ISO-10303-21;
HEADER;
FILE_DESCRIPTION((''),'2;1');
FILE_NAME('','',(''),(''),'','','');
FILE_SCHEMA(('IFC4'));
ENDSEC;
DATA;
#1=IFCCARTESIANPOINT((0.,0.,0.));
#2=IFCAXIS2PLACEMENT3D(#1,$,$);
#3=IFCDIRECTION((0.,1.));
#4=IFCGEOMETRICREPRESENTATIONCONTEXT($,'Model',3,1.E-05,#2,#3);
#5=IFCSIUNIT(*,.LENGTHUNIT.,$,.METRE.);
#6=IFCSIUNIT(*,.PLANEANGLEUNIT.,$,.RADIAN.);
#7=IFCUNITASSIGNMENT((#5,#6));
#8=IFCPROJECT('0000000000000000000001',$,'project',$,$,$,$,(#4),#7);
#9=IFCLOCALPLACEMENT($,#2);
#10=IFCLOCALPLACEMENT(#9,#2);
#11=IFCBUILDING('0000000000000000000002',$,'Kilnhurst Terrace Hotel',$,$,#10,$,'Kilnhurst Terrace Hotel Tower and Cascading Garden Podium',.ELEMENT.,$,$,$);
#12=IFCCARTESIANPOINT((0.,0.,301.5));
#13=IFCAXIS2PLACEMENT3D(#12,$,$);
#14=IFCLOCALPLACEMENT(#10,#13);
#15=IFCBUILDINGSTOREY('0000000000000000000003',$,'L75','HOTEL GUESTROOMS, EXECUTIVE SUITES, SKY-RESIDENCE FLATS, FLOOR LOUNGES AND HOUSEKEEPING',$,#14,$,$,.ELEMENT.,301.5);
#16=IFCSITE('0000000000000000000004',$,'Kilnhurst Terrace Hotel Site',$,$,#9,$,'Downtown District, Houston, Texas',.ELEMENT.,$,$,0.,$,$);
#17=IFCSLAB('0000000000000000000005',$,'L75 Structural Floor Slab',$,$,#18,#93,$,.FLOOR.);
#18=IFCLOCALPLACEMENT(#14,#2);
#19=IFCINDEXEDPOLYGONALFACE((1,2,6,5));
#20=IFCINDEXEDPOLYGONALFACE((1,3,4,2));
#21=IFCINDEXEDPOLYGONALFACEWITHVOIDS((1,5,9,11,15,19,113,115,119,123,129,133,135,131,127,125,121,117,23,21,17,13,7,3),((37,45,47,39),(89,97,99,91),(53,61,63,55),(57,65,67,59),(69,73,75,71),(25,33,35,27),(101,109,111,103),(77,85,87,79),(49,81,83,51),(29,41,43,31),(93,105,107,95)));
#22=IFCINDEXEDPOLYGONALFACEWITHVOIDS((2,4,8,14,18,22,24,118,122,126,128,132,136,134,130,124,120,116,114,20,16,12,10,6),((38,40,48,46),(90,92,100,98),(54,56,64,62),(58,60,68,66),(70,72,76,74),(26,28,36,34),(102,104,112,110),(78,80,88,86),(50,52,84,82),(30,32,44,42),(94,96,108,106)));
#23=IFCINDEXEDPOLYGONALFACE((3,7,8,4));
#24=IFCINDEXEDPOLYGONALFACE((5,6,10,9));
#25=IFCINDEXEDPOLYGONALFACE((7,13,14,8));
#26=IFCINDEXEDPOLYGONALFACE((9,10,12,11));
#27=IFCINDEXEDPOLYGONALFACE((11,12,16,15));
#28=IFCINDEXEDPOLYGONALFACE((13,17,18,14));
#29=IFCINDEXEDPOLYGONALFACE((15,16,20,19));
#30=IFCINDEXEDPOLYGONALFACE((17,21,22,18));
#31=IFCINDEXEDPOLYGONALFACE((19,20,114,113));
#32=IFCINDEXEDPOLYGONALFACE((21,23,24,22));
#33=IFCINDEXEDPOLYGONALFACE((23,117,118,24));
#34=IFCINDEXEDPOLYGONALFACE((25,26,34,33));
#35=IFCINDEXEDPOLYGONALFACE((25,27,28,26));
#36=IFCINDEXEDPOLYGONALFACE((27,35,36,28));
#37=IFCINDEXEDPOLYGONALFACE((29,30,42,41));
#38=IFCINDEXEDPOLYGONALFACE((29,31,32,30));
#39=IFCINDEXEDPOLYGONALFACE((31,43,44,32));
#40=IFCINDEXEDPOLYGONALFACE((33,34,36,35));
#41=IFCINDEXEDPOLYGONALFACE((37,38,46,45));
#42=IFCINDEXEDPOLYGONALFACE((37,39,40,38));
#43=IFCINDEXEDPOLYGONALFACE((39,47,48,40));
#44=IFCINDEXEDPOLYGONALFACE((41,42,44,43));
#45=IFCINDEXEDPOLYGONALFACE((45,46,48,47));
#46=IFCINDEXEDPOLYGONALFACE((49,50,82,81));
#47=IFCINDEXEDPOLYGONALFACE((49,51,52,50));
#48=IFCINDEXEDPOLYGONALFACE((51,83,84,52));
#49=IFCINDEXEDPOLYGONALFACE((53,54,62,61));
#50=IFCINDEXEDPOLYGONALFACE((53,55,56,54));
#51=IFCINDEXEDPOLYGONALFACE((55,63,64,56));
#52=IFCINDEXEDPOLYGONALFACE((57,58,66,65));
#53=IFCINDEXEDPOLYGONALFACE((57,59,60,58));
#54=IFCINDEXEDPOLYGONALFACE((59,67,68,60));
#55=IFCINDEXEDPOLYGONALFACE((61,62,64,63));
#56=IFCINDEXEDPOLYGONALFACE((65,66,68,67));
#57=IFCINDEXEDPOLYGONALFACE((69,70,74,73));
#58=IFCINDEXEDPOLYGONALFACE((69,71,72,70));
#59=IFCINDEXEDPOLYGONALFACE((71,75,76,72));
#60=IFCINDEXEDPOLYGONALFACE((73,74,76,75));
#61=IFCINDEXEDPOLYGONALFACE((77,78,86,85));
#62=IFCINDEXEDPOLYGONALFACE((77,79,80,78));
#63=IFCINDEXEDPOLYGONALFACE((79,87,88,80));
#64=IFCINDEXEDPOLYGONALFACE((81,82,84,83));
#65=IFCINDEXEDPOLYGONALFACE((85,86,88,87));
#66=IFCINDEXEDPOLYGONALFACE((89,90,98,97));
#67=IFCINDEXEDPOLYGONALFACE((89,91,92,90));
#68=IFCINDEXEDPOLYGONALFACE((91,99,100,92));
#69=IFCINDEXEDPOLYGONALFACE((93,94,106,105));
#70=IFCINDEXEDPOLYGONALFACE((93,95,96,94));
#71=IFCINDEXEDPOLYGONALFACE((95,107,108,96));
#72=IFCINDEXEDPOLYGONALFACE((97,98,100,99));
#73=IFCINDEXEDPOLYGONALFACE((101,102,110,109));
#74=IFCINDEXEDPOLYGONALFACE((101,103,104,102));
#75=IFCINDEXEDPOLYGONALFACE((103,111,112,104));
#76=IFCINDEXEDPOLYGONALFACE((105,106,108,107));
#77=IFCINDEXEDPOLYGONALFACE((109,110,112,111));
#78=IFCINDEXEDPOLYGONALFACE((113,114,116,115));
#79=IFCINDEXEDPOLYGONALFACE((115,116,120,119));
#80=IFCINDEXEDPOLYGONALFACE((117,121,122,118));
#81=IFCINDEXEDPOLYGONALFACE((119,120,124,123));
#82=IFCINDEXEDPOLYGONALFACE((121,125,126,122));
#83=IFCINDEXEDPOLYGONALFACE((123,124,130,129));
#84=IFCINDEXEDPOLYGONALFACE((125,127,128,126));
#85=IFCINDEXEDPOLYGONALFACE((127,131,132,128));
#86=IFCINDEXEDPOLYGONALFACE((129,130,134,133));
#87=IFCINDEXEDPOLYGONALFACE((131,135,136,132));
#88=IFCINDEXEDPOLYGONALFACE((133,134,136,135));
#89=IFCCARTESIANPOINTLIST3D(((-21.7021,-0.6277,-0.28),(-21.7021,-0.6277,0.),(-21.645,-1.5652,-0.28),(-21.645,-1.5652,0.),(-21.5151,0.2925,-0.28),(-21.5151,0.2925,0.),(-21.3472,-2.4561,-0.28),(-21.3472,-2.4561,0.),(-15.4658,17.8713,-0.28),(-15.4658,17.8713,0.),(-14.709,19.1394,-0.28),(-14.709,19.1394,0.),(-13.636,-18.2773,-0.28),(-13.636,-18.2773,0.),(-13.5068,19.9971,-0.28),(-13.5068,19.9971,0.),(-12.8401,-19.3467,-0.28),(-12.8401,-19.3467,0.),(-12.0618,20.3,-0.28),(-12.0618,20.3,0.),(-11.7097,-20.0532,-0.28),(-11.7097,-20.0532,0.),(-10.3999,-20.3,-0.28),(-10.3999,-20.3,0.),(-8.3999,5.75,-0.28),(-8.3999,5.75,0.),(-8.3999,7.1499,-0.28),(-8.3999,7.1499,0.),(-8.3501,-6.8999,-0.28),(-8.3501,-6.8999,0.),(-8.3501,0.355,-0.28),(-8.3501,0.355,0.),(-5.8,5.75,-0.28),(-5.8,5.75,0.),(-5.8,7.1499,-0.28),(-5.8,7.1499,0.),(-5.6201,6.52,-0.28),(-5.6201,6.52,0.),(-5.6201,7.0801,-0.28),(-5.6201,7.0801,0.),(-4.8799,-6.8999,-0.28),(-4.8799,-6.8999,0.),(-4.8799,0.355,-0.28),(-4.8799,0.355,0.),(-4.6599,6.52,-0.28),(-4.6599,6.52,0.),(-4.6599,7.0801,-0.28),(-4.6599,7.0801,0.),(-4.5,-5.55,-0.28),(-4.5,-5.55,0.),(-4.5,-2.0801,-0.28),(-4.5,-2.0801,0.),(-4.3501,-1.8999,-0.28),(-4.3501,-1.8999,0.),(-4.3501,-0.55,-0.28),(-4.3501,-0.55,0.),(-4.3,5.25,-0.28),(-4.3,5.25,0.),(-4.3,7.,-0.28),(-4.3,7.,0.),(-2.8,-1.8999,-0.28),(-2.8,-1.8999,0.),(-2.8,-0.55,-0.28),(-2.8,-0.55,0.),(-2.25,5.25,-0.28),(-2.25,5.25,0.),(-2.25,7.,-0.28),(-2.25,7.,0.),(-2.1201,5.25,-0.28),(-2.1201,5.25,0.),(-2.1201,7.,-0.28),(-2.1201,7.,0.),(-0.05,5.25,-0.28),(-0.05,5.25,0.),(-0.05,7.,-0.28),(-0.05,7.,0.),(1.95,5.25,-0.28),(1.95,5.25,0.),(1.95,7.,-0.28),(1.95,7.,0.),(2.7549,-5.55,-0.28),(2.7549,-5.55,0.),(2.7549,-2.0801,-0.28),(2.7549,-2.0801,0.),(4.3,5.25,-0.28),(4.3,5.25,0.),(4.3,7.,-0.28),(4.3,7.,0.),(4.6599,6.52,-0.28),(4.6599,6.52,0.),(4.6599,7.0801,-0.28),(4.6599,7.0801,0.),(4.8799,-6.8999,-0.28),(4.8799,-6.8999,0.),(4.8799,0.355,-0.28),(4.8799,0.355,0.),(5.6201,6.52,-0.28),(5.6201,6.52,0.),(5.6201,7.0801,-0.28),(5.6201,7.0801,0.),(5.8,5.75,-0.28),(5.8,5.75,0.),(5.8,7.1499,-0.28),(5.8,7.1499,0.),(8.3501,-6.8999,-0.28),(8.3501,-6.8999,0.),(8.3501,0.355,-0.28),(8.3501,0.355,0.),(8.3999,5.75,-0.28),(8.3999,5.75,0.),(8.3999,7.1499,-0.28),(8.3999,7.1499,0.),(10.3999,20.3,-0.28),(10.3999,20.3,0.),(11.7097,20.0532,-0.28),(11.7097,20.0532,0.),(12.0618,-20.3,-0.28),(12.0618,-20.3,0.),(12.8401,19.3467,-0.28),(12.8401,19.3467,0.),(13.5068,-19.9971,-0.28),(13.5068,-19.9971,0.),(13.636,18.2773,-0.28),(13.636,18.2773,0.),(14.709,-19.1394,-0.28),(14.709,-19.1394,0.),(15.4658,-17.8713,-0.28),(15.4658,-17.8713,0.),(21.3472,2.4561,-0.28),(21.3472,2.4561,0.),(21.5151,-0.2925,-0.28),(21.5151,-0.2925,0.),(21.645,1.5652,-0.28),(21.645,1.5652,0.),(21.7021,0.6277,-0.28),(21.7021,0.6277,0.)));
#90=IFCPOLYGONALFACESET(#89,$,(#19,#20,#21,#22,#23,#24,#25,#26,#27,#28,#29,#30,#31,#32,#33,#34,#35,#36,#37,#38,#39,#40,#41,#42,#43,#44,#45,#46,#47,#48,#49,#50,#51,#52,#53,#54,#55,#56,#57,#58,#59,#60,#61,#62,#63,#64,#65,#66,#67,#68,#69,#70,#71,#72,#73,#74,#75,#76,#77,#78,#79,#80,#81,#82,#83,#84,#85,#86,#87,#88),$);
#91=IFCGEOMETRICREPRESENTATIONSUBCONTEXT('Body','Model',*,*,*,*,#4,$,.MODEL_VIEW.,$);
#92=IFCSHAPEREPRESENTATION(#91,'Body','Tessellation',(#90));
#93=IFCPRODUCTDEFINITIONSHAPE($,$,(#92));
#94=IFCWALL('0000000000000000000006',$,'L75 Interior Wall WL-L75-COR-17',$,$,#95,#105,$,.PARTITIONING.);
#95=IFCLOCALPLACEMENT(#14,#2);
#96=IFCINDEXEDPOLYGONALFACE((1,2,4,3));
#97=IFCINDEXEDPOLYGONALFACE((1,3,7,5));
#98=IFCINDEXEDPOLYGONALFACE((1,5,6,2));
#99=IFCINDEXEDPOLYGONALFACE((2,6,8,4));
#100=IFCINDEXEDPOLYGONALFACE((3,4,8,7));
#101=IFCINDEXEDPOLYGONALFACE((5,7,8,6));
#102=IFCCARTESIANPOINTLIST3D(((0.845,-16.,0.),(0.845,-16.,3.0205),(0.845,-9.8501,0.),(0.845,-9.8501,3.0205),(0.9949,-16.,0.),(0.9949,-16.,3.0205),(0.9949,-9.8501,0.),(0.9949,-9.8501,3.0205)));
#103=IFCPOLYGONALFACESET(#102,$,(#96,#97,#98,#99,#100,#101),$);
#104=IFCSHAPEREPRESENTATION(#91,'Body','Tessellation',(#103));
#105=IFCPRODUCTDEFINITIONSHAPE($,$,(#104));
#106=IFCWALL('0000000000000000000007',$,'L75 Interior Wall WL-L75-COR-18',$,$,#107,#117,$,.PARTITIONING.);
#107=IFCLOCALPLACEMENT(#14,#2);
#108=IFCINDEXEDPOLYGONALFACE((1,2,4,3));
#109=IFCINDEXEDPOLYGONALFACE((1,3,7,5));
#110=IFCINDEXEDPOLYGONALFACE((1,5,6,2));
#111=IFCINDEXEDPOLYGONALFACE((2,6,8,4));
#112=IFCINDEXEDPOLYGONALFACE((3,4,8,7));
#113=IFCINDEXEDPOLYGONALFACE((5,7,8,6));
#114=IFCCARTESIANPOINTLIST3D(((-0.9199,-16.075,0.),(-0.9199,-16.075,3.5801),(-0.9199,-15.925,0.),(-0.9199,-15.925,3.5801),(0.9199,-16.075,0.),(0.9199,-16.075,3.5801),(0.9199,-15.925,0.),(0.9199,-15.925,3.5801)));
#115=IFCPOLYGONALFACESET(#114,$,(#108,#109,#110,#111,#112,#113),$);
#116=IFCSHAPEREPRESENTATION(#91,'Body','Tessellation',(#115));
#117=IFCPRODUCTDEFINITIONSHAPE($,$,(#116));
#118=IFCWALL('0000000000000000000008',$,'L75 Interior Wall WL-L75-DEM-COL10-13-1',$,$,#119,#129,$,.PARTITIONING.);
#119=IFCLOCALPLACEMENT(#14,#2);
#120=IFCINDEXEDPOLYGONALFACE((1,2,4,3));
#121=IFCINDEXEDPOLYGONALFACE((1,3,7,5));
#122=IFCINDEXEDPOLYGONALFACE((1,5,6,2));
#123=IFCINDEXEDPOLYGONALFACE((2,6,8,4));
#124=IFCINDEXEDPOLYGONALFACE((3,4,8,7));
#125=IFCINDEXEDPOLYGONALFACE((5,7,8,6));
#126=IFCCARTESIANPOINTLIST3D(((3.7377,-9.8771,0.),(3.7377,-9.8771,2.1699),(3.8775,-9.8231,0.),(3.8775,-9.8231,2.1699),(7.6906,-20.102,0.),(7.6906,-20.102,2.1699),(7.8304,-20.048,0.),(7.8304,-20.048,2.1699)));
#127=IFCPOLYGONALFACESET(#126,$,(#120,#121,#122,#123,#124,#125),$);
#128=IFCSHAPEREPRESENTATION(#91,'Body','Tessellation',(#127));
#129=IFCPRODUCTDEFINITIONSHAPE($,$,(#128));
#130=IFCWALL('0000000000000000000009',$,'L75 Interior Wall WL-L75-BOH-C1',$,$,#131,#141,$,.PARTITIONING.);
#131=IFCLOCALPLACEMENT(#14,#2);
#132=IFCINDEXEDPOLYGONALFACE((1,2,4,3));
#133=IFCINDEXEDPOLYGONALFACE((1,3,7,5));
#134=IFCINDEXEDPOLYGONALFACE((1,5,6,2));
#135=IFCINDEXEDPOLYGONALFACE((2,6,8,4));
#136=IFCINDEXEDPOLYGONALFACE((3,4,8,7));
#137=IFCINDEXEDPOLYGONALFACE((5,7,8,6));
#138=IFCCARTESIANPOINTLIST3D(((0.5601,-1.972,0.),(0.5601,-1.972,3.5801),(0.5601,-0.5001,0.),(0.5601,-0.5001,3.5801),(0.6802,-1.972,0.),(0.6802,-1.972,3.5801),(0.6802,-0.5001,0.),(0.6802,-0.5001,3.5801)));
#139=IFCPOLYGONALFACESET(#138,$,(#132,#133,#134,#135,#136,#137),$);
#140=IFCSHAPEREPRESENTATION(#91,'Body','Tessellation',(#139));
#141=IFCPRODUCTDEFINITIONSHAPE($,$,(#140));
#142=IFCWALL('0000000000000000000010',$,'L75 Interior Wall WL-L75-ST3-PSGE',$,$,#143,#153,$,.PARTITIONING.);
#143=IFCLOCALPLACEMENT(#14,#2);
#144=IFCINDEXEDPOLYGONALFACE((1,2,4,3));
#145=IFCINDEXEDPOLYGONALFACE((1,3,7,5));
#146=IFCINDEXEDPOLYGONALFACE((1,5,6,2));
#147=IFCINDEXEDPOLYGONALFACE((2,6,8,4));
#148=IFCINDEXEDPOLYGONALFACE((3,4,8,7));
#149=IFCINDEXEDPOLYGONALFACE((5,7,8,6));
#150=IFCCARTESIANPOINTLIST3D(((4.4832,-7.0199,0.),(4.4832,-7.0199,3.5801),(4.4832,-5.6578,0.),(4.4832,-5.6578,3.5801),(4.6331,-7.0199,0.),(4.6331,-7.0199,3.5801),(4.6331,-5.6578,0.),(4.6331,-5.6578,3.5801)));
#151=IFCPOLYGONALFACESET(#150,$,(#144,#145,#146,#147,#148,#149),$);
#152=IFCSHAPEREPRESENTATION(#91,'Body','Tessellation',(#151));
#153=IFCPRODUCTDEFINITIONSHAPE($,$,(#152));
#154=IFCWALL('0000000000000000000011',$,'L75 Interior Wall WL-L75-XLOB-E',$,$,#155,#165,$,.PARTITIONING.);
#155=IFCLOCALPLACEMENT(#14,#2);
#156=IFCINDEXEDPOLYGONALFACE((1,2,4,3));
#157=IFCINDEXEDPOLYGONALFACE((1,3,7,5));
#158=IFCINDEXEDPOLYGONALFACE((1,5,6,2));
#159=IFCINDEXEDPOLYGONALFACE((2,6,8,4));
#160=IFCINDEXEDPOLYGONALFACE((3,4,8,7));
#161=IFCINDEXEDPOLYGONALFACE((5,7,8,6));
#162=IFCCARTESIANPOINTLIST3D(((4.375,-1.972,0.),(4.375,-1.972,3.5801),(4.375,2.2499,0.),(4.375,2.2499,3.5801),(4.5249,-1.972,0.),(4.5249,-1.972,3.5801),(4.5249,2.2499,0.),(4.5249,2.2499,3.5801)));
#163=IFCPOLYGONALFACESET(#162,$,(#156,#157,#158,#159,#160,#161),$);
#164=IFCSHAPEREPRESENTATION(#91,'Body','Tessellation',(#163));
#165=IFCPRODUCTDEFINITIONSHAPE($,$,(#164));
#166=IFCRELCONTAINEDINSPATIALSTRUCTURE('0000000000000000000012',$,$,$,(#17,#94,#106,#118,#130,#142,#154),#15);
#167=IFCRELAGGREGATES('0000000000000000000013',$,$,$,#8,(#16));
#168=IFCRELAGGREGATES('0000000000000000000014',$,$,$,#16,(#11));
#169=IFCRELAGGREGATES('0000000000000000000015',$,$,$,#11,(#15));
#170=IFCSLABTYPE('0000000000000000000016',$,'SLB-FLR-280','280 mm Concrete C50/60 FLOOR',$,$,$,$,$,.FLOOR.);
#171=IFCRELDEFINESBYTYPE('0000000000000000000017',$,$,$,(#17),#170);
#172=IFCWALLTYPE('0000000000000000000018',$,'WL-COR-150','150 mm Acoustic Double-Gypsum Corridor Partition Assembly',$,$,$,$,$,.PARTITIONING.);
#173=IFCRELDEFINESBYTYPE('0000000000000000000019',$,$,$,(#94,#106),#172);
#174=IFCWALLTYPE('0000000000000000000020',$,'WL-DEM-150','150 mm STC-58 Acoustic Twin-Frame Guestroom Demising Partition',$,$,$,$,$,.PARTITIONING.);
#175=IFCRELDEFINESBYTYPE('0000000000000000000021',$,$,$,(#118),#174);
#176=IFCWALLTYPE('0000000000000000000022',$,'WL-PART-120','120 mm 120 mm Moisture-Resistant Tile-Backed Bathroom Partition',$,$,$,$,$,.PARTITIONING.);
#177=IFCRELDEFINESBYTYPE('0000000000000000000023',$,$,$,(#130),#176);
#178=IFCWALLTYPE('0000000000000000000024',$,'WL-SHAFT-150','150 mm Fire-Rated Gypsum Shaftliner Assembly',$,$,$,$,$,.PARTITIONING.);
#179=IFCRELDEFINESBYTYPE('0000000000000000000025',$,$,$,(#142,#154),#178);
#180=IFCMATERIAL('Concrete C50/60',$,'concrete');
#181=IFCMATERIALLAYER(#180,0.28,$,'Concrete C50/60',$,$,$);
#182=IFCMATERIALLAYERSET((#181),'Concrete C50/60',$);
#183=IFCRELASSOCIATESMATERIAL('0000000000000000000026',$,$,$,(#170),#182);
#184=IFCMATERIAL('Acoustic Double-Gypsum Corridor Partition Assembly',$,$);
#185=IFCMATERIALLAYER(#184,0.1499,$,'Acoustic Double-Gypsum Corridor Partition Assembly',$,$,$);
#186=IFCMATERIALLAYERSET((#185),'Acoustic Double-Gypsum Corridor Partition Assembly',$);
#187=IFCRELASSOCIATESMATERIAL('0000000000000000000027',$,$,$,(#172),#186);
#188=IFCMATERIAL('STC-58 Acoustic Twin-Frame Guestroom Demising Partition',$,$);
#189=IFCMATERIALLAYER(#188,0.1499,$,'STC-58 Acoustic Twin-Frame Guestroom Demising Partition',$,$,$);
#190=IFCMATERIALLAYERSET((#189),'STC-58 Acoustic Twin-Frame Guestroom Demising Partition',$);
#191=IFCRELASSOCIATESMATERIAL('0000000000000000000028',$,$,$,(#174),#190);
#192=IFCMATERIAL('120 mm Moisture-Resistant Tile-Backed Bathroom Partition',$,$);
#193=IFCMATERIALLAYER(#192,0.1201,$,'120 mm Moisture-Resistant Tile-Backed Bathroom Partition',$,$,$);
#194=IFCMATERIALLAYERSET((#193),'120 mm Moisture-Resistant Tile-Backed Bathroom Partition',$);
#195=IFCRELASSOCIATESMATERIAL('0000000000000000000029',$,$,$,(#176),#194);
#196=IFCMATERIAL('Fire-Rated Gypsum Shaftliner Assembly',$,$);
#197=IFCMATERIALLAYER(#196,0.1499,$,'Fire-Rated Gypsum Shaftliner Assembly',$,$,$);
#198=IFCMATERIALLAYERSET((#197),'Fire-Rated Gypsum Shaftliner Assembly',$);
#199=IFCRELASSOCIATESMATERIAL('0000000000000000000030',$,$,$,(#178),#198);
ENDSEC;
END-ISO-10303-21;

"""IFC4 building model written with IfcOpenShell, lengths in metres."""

from ifc_helpers import new_model, si_unit, direction, frame, frame_2d, origin, place, context, subcontext, project, spatial, polyline, rectangle, outline, extrude, material, layer, layer_set, type_object, element, save


model = new_model("IFC4")

# Units and contexts
model_context = context("Model", 3, precision=1e-05, world=origin(), true_north=direction((0.0, 1.0)))
body_context = subcontext(model_context, "Body", "Model", "MODEL_VIEW")
ifc_project = project(units=[si_unit("LENGTHUNIT", "METRE"), si_unit("PLANEANGLEUNIT", "RADIAN")], contexts=[model_context])

# Site, building, storey
site_placement = place(None, origin())
site = spatial("IfcSite", under=ifc_project, at=site_placement, Name="Kilnhurst Terrace Hotel Site", LongName="Downtown District, Houston, Texas", CompositionType="ELEMENT", RefElevation=0.0)
building_placement = place(site_placement, origin())
building = spatial("IfcBuilding", under=site, at=building_placement, Name="Kilnhurst Terrace Hotel", LongName="Kilnhurst Terrace Hotel Tower and Cascading Garden Podium", CompositionType="ELEMENT")
storey_placement = place(building_placement, frame((0.0, 0.0, 301.5)))
storey = spatial("IfcBuildingStorey", under=building, at=storey_placement, Name="L75", Description="HOTEL GUESTROOMS, EXECUTIVE SUITES, SKY-RESIDENCE FLATS, FLOOR LOUNGES AND HOUSEKEEPING", CompositionType="ELEMENT", Elevation=301.5)

# Shared definitions
ifc_material_1 = material(Name="Concrete C50/60", Category="concrete")

# Slab
ifc_layer_1 = layer(ifc_material_1, 0.28, Name="Concrete C50/60")
ifc_layer_set_1 = layer_set([ifc_layer_1], Name="Concrete C50/60")
slab_type_1 = type_object("IfcSlabType", Name="SLB-FLR-280", Description="280 mm Concrete C50/60 FLOOR", PredefinedType="FLOOR", material=ifc_layer_set_1)
slab_1_placement = place(storey_placement, frame((0.0, 0.0, -0.28)))
element("IfcSlab", 1, at=slab_1_placement, inside=storey, type_object=slab_type_1, Name="L75 Structural Floor Slab", PredefinedType="FLOOR", context=body_context, shape_type="SweptSolid", body=[
    extrude(outline(polyline([(-13.636, -18.2773), (-12.8401, -19.3467), (-11.7097, -20.0532), (-10.3999, -20.3), (12.0618, -20.3), (13.5068, -19.9971), (14.709, -19.1394), (15.4658, -17.8713), (21.5151, -0.2925), (21.7021, 0.6277), (21.645, 1.5652), (21.3472, 2.4561), (13.636, 18.2773), (12.8401, 19.3467), (11.7097, 20.0532), (10.3999, 20.3), (-12.0618, 20.3), (-13.5068, 19.9971), (-14.709, 19.1394), (-15.4658, 17.8713), (-21.5151, 0.2925), (-21.7021, -0.6277), (-21.645, -1.5652), (-21.3472, -2.4561), (-13.636, -18.2773)]), holes=[polyline([(-8.3501, 0.355), (-4.8799, 0.355), (-4.8799, -6.8999), (-8.3501, -6.8999), (-8.3501, 0.355)]), polyline([(-2.8, -1.8999), (-4.3501, -1.8999), (-4.3501, -0.55), (-2.8, -0.55), (-2.8, -1.8999)]), polyline([(-2.25, 5.25), (-4.3, 5.25), (-4.3, 7.0), (-2.25, 7.0), (-2.25, 5.25)]), polyline([(-2.1201, 5.25), (-2.1201, 7.0), (-0.05, 7.0), (-0.05, 5.25), (-2.1201, 5.25)]), polyline([(-8.3999, 5.75), (-8.3999, 7.1499), (-5.8, 7.1499), (-5.8, 5.75), (-8.3999, 5.75)]), polyline([(-4.6599, 6.52), (-5.6201, 6.52), (-5.6201, 7.0801), (-4.6599, 7.0801), (-4.6599, 6.52)]), polyline([(2.7549, -5.55), (-4.5, -5.55), (-4.5, -2.0801), (2.7549, -2.0801), (2.7549, -5.55)]), polyline([(8.3501, 0.355), (8.3501, -6.8999), (4.8799, -6.8999), (4.8799, 0.355), (8.3501, 0.355)]), polyline([(4.3, 5.25), (1.95, 5.25), (1.95, 7.0), (4.3, 7.0), (4.3, 5.25)]), polyline([(5.8, 5.75), (5.8, 7.1499), (8.3999, 7.1499), (8.3999, 5.75), (5.8, 5.75)]), polyline([(4.6599, 6.52), (4.6599, 7.0801), (5.6201, 7.0801), (5.6201, 6.52), (4.6599, 6.52)])]), origin(), (0.0, 0.0, 1.0), 0.28),
])

# Walls
ifc_material_2 = material(Name="Acoustic Double-Gypsum Corridor Partition Assembly")
ifc_layer_2 = layer(ifc_material_2, 0.1499, Name="Acoustic Double-Gypsum Corridor Partition Assembly")
ifc_layer_set_2 = layer_set([ifc_layer_2], Name="Acoustic Double-Gypsum Corridor Partition Assembly")
wall_type_1 = type_object("IfcWallType", Name="WL-COR-150", Description="150 mm Acoustic Double-Gypsum Corridor Partition Assembly", PredefinedType="PARTITIONING", material=ifc_layer_set_2)
wall_1_placement = place(storey_placement, frame((0.9199, -9.8501, 0.0), z_axis=(0.0, 0.0, 1.0), x_axis=(0.0, -1.0, 0.0)))
element("IfcWall", 2, at=wall_1_placement, inside=storey, type_object=wall_type_1, Name="L75 Interior Wall WL-L75-COR-17", PredefinedType="PARTITIONING", context=body_context, shape_type="SweptSolid", body=[
    extrude(rectangle(XDim=6.1499, YDim=0.1499, at=frame_2d((3.075, 0.0))), origin(), (0.0, 0.0, 1.0), 3.0205),
])
wall_2_placement = place(storey_placement, frame((0.9199, -16.0, 0.0), z_axis=(0.0, 0.0, 1.0), x_axis=(-1.0, 0.0, 0.0)))
element("IfcWall", 3, at=wall_2_placement, inside=storey, type_object=wall_type_1, Name="L75 Interior Wall WL-L75-COR-18", PredefinedType="PARTITIONING", context=body_context, shape_type="SweptSolid", body=[
    extrude(rectangle(XDim=1.8398, YDim=0.1499, at=frame_2d((0.9199, 0.0))), origin(), (0.0, 0.0, 1.0), 3.5801),
])
ifc_material_3 = material(Name="STC-58 Acoustic Twin-Frame Guestroom Demising Partition")
ifc_layer_3 = layer(ifc_material_3, 0.1499, Name="STC-58 Acoustic Twin-Frame Guestroom Demising Partition")
ifc_layer_set_3 = layer_set([ifc_layer_3], Name="STC-58 Acoustic Twin-Frame Guestroom Demising Partition")
wall_type_2 = type_object("IfcWallType", Name="WL-DEM-150", Description="150 mm STC-58 Acoustic Twin-Frame Guestroom Demising Partition", PredefinedType="PARTITIONING", material=ifc_layer_set_3)
wall_3_placement = place(storey_placement, frame((3.8076, -9.8501, 0.0), z_axis=(0.0, 0.0, 1.0), x_axis=(0.360587, -0.932725, 0.0)))
element("IfcWall", 4, at=wall_3_placement, inside=storey, type_object=wall_type_2, Name="L75 Interior Wall WL-L75-DEM-COL10-13-1", PredefinedType="PARTITIONING", context=body_context, shape_type="SweptSolid", body=[
    extrude(rectangle(XDim=10.9624, YDim=0.1499, at=frame_2d((5.4812, 0.0))), origin(), (0.0, 0.0, 1.0), 2.1699),
])
ifc_material_4 = material(Name="120 mm Moisture-Resistant Tile-Backed Bathroom Partition")
ifc_layer_4 = layer(ifc_material_4, 0.1201, Name="120 mm Moisture-Resistant Tile-Backed Bathroom Partition")
ifc_layer_set_4 = layer_set([ifc_layer_4], Name="120 mm Moisture-Resistant Tile-Backed Bathroom Partition")
wall_type_3 = type_object("IfcWallType", Name="WL-PART-120", Description="120 mm 120 mm Moisture-Resistant Tile-Backed Bathroom Partition", PredefinedType="PARTITIONING", material=ifc_layer_set_4)
wall_4_placement = place(storey_placement, frame((0.6201, -1.9719, 0.0), z_axis=(0.0, 0.0, 1.0), x_axis=(0.0, 1.0, 0.0)))
element("IfcWall", 5, at=wall_4_placement, inside=storey, type_object=wall_type_3, Name="L75 Interior Wall WL-L75-BOH-C1", PredefinedType="PARTITIONING", context=body_context, shape_type="SweptSolid", body=[
    extrude(rectangle(XDim=1.4719, YDim=0.1201, at=frame_2d((0.7358, 0.0))), origin(), (0.0, 0.0, 1.0), 3.5801),
])
ifc_material_5 = material(Name="Fire-Rated Gypsum Shaftliner Assembly")
ifc_layer_5 = layer(ifc_material_5, 0.1499, Name="Fire-Rated Gypsum Shaftliner Assembly")
ifc_layer_set_5 = layer_set([ifc_layer_5], Name="Fire-Rated Gypsum Shaftliner Assembly")
wall_type_4 = type_object("IfcWallType", Name="WL-SHAFT-150", Description="150 mm Fire-Rated Gypsum Shaftliner Assembly", PredefinedType="PARTITIONING", material=ifc_layer_set_5)
wall_5_placement = place(storey_placement, frame((4.5581, -7.02, 0.0), z_axis=(0.0, 0.0, 1.0), x_axis=(0.0, 1.0, 0.0)))
element("IfcWall", 6, at=wall_5_placement, inside=storey, type_object=wall_type_4, Name="L75 Interior Wall WL-L75-ST3-PSGE", PredefinedType="PARTITIONING", context=body_context, shape_type="SweptSolid", body=[
    extrude(rectangle(XDim=1.3621, YDim=0.1499, at=frame_2d((0.6812, 0.0))), origin(), (0.0, 0.0, 1.0), 3.5801),
])
wall_6_placement = place(storey_placement, frame((4.45, -1.9719, 0.0), z_axis=(0.0, 0.0, 1.0), x_axis=(0.0, 1.0, 0.0)))
element("IfcWall", 7, at=wall_6_placement, inside=storey, type_object=wall_type_4, Name="L75 Interior Wall WL-L75-XLOB-E", PredefinedType="PARTITIONING", context=body_context, shape_type="SweptSolid", body=[
    extrude(rectangle(XDim=4.2219, YDim=0.1499, at=frame_2d((2.1108, 0.0))), origin(), (0.0, 0.0, 1.0), 3.5801),
])

save(model, "model.ifc")
